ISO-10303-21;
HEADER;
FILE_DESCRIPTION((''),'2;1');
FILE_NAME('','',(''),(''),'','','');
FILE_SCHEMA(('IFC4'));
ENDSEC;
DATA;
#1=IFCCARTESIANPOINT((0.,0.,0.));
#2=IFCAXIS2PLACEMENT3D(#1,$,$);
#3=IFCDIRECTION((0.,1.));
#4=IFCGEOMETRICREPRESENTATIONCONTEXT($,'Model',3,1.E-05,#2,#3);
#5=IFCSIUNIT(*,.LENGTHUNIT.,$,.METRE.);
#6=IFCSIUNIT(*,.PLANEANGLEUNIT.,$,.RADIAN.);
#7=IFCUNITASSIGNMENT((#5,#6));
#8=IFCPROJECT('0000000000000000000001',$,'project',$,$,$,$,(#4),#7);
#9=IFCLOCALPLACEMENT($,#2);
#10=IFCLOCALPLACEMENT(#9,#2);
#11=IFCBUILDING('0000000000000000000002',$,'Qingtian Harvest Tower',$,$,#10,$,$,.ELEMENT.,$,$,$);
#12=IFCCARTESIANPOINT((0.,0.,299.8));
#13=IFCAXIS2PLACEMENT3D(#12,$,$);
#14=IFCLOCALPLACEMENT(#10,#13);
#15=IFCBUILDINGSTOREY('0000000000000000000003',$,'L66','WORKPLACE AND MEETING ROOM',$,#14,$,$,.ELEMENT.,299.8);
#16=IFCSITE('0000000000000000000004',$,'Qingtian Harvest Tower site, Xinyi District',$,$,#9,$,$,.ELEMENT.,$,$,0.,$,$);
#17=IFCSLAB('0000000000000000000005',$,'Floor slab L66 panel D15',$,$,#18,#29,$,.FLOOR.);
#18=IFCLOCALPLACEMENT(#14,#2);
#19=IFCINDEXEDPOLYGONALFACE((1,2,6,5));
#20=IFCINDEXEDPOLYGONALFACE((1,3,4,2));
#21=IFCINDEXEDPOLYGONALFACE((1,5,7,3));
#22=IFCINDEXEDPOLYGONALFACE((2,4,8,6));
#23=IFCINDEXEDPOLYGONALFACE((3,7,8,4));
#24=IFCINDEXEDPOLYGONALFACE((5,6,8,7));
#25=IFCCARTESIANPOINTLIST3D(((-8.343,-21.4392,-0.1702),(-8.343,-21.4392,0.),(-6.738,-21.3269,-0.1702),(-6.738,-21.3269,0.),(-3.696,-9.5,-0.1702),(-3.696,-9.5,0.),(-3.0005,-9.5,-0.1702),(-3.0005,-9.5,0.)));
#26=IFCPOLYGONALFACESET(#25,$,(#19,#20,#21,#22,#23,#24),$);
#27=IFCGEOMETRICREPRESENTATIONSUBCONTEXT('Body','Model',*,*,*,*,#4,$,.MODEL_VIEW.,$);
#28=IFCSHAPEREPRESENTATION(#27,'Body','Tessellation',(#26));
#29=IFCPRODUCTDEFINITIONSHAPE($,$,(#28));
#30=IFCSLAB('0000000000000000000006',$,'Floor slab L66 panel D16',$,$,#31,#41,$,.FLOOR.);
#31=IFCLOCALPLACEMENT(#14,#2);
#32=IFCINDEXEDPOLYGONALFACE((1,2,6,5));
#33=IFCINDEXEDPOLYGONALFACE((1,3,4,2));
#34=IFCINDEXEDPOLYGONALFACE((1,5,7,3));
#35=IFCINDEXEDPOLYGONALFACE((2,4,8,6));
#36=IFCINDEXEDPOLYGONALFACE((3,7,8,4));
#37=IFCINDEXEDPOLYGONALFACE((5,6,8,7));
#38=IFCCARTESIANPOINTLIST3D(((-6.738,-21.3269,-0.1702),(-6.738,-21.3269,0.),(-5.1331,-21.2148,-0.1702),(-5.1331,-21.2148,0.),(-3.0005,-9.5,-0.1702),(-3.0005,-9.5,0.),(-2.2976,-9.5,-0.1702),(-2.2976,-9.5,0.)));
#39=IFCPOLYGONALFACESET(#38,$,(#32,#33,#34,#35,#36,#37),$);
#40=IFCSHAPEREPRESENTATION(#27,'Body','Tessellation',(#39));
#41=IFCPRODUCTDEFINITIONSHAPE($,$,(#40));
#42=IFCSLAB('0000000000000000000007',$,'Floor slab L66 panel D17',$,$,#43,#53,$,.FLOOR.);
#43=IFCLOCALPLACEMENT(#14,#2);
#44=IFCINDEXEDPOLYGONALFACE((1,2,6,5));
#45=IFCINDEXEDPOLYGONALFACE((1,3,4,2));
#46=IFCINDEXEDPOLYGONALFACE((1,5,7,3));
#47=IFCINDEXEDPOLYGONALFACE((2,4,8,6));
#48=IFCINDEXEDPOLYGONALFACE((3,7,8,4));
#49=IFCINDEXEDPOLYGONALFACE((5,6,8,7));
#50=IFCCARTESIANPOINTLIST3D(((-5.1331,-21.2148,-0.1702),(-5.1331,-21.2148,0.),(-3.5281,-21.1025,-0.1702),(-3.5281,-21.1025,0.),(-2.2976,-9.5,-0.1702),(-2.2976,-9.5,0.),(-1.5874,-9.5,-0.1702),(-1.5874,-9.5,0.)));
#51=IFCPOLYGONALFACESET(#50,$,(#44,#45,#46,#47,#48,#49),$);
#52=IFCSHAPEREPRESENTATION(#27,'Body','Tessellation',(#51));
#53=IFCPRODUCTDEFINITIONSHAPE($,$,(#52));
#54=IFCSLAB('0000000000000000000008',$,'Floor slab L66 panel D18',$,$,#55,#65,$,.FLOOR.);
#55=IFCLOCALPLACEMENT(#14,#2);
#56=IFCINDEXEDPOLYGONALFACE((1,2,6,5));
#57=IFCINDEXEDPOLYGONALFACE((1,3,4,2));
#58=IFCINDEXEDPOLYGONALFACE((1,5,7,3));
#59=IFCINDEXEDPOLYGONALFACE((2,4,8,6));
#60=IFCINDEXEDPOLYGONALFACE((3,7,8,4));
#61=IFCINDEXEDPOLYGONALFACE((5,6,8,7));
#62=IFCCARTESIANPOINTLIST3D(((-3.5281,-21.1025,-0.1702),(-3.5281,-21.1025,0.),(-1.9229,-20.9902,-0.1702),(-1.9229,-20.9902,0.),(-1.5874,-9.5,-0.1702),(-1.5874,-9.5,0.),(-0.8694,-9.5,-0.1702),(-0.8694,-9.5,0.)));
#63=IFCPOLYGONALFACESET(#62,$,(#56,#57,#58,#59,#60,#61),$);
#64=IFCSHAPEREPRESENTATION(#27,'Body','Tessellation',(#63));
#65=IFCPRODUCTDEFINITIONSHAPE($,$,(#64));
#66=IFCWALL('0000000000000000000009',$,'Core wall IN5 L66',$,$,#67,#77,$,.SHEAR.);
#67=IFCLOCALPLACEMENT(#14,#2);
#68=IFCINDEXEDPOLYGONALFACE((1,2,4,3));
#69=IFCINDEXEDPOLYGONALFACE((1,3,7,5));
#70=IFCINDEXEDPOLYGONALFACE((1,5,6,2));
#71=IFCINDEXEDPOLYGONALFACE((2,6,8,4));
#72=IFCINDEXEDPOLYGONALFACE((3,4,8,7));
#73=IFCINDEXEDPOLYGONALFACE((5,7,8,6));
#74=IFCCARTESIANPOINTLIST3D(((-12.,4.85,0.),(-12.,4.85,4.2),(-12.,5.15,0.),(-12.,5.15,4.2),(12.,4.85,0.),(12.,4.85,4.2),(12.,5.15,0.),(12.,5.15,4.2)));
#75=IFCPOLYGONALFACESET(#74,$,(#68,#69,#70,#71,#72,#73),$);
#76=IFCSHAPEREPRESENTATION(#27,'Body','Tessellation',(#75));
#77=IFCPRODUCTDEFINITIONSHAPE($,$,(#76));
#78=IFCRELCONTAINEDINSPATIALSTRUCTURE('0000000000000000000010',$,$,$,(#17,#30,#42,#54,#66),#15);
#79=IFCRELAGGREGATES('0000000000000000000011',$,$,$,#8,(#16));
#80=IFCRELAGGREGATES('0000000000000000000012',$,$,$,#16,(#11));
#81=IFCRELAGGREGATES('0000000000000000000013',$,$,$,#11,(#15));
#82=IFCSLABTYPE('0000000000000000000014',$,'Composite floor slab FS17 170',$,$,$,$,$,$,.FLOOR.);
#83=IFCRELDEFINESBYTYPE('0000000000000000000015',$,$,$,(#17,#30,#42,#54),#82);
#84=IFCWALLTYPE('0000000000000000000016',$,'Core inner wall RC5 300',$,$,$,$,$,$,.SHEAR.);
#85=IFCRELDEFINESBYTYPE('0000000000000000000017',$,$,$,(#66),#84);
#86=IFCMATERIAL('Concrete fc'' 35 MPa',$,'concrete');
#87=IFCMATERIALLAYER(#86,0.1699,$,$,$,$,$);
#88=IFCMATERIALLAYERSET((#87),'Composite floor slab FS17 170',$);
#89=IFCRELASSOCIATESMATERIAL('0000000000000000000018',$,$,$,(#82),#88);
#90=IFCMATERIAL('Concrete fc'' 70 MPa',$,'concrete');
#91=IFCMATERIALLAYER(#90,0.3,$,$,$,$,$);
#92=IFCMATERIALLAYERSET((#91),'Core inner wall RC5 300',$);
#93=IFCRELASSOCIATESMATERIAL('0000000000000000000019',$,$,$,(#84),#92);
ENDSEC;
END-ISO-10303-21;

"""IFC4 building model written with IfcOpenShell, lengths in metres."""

from ifc_helpers import new_model, si_unit, direction, frame, frame_2d, origin, place, context, subcontext, project, spatial, polyline, rectangle, outline, extrude, material, layer, layer_set, type_object, element, save


model = new_model("IFC4")

# Units and contexts
model_context = context("Model", 3, precision=1e-05, world=origin(), true_north=direction((0.0, 1.0)))
body_context = subcontext(model_context, "Body", "Model", "MODEL_VIEW")
ifc_project = project(units=[si_unit("LENGTHUNIT", "METRE"), si_unit("PLANEANGLEUNIT", "RADIAN")], contexts=[model_context])

# Site, building, storey
site_placement = place(None, origin())
site = spatial("IfcSite", under=ifc_project, at=site_placement, Name="Qingtian Harvest Tower site, Xinyi District", CompositionType="ELEMENT", RefElevation=0.0)
building_placement = place(site_placement, origin())
building = spatial("IfcBuilding", under=site, at=building_placement, Name="Qingtian Harvest Tower", CompositionType="ELEMENT")
storey_placement = place(building_placement, frame((0.0, 0.0, 299.8)))
storey = spatial("IfcBuildingStorey", under=building, at=storey_placement, Name="L66", Description="WORKPLACE AND MEETING ROOM", CompositionType="ELEMENT", Elevation=299.8)

# Slabs
ifc_material_1 = material(Name="Concrete fc' 35 MPa", Category="concrete")
ifc_layer_1 = layer(ifc_material_1, 0.1699)
ifc_layer_set_1 = layer_set([ifc_layer_1], Name="Composite floor slab FS17 170")
slab_type = type_object("IfcSlabType", Name="Composite floor slab FS17 170", PredefinedType="FLOOR", material=ifc_layer_set_1)
slab_1_placement = place(storey_placement, frame((0.0, 0.0, -0.1702)))
element("IfcSlab", 1, at=slab_1_placement, inside=storey, type_object=slab_type, Name="Floor slab L66 panel D15", PredefinedType="FLOOR", context=body_context, shape_type="SweptSolid", body=[
    extrude(outline(polyline([(-3.0005, -9.5), (-6.738, -21.3269), (-8.343, -21.4392), (-3.696, -9.5), (-3.0005, -9.5)])), origin(), (0.0, 0.0, 1.0), 0.1702),
])
slab_2_placement = place(storey_placement, frame((0.0, 0.0, -0.1702)))
element("IfcSlab", 2, at=slab_2_placement, inside=storey, type_object=slab_type, Name="Floor slab L66 panel D16", PredefinedType="FLOOR", context=body_context, shape_type="SweptSolid", body=[
    extrude(outline(polyline([(-2.2976, -9.5), (-5.1331, -21.2148), (-6.738, -21.3269), (-3.0005, -9.5), (-2.2976, -9.5)])), origin(), (0.0, 0.0, 1.0), 0.1702),
])
slab_3_placement = place(storey_placement, frame((0.0, 0.0, -0.1702)))
element("IfcSlab", 3, at=slab_3_placement, inside=storey, type_object=slab_type, Name="Floor slab L66 panel D17", PredefinedType="FLOOR", context=body_context, shape_type="SweptSolid", body=[
    extrude(outline(polyline([(-1.5874, -9.5), (-3.5281, -21.1025), (-5.1331, -21.2148), (-2.2976, -9.5), (-1.5874, -9.5)])), origin(), (0.0, 0.0, 1.0), 0.1702),
])
slab_4_placement = place(storey_placement, frame((0.0, 0.0, -0.1702)))
element("IfcSlab", 4, at=slab_4_placement, inside=storey, type_object=slab_type, Name="Floor slab L66 panel D18", PredefinedType="FLOOR", context=body_context, shape_type="SweptSolid", body=[
    extrude(outline(polyline([(-0.8694, -9.5), (-1.9229, -20.9902), (-3.5281, -21.1025), (-1.5874, -9.5), (-0.8694, -9.5)])), origin(), (0.0, 0.0, 1.0), 0.1702),
])

# Wall
ifc_material_2 = material(Name="Concrete fc' 70 MPa", Category="concrete")
ifc_layer_2 = layer(ifc_material_2, 0.3)
ifc_layer_set_2 = layer_set([ifc_layer_2], Name="Core inner wall RC5 300")
wall_type_1 = type_object("IfcWallType", Name="Core inner wall RC5 300", PredefinedType="SHEAR", material=ifc_layer_set_2)
wall_1_placement = place(storey_placement, frame((-12.0, 5.0, 0.0), z_axis=(0.0, 0.0, 1.0), x_axis=(1.0, 0.0, 0.0)))
element("IfcWall", 5, at=wall_1_placement, inside=storey, type_object=wall_type_1, Name="Core wall IN5 L66", PredefinedType="SHEAR", context=body_context, shape_type="SweptSolid", body=[
    extrude(rectangle(XDim=24.0, YDim=0.3, at=frame_2d((12.0, 0.0))), origin(), (0.0, 0.0, 1.0), 4.2),
])

save(model, "model.ifc")
